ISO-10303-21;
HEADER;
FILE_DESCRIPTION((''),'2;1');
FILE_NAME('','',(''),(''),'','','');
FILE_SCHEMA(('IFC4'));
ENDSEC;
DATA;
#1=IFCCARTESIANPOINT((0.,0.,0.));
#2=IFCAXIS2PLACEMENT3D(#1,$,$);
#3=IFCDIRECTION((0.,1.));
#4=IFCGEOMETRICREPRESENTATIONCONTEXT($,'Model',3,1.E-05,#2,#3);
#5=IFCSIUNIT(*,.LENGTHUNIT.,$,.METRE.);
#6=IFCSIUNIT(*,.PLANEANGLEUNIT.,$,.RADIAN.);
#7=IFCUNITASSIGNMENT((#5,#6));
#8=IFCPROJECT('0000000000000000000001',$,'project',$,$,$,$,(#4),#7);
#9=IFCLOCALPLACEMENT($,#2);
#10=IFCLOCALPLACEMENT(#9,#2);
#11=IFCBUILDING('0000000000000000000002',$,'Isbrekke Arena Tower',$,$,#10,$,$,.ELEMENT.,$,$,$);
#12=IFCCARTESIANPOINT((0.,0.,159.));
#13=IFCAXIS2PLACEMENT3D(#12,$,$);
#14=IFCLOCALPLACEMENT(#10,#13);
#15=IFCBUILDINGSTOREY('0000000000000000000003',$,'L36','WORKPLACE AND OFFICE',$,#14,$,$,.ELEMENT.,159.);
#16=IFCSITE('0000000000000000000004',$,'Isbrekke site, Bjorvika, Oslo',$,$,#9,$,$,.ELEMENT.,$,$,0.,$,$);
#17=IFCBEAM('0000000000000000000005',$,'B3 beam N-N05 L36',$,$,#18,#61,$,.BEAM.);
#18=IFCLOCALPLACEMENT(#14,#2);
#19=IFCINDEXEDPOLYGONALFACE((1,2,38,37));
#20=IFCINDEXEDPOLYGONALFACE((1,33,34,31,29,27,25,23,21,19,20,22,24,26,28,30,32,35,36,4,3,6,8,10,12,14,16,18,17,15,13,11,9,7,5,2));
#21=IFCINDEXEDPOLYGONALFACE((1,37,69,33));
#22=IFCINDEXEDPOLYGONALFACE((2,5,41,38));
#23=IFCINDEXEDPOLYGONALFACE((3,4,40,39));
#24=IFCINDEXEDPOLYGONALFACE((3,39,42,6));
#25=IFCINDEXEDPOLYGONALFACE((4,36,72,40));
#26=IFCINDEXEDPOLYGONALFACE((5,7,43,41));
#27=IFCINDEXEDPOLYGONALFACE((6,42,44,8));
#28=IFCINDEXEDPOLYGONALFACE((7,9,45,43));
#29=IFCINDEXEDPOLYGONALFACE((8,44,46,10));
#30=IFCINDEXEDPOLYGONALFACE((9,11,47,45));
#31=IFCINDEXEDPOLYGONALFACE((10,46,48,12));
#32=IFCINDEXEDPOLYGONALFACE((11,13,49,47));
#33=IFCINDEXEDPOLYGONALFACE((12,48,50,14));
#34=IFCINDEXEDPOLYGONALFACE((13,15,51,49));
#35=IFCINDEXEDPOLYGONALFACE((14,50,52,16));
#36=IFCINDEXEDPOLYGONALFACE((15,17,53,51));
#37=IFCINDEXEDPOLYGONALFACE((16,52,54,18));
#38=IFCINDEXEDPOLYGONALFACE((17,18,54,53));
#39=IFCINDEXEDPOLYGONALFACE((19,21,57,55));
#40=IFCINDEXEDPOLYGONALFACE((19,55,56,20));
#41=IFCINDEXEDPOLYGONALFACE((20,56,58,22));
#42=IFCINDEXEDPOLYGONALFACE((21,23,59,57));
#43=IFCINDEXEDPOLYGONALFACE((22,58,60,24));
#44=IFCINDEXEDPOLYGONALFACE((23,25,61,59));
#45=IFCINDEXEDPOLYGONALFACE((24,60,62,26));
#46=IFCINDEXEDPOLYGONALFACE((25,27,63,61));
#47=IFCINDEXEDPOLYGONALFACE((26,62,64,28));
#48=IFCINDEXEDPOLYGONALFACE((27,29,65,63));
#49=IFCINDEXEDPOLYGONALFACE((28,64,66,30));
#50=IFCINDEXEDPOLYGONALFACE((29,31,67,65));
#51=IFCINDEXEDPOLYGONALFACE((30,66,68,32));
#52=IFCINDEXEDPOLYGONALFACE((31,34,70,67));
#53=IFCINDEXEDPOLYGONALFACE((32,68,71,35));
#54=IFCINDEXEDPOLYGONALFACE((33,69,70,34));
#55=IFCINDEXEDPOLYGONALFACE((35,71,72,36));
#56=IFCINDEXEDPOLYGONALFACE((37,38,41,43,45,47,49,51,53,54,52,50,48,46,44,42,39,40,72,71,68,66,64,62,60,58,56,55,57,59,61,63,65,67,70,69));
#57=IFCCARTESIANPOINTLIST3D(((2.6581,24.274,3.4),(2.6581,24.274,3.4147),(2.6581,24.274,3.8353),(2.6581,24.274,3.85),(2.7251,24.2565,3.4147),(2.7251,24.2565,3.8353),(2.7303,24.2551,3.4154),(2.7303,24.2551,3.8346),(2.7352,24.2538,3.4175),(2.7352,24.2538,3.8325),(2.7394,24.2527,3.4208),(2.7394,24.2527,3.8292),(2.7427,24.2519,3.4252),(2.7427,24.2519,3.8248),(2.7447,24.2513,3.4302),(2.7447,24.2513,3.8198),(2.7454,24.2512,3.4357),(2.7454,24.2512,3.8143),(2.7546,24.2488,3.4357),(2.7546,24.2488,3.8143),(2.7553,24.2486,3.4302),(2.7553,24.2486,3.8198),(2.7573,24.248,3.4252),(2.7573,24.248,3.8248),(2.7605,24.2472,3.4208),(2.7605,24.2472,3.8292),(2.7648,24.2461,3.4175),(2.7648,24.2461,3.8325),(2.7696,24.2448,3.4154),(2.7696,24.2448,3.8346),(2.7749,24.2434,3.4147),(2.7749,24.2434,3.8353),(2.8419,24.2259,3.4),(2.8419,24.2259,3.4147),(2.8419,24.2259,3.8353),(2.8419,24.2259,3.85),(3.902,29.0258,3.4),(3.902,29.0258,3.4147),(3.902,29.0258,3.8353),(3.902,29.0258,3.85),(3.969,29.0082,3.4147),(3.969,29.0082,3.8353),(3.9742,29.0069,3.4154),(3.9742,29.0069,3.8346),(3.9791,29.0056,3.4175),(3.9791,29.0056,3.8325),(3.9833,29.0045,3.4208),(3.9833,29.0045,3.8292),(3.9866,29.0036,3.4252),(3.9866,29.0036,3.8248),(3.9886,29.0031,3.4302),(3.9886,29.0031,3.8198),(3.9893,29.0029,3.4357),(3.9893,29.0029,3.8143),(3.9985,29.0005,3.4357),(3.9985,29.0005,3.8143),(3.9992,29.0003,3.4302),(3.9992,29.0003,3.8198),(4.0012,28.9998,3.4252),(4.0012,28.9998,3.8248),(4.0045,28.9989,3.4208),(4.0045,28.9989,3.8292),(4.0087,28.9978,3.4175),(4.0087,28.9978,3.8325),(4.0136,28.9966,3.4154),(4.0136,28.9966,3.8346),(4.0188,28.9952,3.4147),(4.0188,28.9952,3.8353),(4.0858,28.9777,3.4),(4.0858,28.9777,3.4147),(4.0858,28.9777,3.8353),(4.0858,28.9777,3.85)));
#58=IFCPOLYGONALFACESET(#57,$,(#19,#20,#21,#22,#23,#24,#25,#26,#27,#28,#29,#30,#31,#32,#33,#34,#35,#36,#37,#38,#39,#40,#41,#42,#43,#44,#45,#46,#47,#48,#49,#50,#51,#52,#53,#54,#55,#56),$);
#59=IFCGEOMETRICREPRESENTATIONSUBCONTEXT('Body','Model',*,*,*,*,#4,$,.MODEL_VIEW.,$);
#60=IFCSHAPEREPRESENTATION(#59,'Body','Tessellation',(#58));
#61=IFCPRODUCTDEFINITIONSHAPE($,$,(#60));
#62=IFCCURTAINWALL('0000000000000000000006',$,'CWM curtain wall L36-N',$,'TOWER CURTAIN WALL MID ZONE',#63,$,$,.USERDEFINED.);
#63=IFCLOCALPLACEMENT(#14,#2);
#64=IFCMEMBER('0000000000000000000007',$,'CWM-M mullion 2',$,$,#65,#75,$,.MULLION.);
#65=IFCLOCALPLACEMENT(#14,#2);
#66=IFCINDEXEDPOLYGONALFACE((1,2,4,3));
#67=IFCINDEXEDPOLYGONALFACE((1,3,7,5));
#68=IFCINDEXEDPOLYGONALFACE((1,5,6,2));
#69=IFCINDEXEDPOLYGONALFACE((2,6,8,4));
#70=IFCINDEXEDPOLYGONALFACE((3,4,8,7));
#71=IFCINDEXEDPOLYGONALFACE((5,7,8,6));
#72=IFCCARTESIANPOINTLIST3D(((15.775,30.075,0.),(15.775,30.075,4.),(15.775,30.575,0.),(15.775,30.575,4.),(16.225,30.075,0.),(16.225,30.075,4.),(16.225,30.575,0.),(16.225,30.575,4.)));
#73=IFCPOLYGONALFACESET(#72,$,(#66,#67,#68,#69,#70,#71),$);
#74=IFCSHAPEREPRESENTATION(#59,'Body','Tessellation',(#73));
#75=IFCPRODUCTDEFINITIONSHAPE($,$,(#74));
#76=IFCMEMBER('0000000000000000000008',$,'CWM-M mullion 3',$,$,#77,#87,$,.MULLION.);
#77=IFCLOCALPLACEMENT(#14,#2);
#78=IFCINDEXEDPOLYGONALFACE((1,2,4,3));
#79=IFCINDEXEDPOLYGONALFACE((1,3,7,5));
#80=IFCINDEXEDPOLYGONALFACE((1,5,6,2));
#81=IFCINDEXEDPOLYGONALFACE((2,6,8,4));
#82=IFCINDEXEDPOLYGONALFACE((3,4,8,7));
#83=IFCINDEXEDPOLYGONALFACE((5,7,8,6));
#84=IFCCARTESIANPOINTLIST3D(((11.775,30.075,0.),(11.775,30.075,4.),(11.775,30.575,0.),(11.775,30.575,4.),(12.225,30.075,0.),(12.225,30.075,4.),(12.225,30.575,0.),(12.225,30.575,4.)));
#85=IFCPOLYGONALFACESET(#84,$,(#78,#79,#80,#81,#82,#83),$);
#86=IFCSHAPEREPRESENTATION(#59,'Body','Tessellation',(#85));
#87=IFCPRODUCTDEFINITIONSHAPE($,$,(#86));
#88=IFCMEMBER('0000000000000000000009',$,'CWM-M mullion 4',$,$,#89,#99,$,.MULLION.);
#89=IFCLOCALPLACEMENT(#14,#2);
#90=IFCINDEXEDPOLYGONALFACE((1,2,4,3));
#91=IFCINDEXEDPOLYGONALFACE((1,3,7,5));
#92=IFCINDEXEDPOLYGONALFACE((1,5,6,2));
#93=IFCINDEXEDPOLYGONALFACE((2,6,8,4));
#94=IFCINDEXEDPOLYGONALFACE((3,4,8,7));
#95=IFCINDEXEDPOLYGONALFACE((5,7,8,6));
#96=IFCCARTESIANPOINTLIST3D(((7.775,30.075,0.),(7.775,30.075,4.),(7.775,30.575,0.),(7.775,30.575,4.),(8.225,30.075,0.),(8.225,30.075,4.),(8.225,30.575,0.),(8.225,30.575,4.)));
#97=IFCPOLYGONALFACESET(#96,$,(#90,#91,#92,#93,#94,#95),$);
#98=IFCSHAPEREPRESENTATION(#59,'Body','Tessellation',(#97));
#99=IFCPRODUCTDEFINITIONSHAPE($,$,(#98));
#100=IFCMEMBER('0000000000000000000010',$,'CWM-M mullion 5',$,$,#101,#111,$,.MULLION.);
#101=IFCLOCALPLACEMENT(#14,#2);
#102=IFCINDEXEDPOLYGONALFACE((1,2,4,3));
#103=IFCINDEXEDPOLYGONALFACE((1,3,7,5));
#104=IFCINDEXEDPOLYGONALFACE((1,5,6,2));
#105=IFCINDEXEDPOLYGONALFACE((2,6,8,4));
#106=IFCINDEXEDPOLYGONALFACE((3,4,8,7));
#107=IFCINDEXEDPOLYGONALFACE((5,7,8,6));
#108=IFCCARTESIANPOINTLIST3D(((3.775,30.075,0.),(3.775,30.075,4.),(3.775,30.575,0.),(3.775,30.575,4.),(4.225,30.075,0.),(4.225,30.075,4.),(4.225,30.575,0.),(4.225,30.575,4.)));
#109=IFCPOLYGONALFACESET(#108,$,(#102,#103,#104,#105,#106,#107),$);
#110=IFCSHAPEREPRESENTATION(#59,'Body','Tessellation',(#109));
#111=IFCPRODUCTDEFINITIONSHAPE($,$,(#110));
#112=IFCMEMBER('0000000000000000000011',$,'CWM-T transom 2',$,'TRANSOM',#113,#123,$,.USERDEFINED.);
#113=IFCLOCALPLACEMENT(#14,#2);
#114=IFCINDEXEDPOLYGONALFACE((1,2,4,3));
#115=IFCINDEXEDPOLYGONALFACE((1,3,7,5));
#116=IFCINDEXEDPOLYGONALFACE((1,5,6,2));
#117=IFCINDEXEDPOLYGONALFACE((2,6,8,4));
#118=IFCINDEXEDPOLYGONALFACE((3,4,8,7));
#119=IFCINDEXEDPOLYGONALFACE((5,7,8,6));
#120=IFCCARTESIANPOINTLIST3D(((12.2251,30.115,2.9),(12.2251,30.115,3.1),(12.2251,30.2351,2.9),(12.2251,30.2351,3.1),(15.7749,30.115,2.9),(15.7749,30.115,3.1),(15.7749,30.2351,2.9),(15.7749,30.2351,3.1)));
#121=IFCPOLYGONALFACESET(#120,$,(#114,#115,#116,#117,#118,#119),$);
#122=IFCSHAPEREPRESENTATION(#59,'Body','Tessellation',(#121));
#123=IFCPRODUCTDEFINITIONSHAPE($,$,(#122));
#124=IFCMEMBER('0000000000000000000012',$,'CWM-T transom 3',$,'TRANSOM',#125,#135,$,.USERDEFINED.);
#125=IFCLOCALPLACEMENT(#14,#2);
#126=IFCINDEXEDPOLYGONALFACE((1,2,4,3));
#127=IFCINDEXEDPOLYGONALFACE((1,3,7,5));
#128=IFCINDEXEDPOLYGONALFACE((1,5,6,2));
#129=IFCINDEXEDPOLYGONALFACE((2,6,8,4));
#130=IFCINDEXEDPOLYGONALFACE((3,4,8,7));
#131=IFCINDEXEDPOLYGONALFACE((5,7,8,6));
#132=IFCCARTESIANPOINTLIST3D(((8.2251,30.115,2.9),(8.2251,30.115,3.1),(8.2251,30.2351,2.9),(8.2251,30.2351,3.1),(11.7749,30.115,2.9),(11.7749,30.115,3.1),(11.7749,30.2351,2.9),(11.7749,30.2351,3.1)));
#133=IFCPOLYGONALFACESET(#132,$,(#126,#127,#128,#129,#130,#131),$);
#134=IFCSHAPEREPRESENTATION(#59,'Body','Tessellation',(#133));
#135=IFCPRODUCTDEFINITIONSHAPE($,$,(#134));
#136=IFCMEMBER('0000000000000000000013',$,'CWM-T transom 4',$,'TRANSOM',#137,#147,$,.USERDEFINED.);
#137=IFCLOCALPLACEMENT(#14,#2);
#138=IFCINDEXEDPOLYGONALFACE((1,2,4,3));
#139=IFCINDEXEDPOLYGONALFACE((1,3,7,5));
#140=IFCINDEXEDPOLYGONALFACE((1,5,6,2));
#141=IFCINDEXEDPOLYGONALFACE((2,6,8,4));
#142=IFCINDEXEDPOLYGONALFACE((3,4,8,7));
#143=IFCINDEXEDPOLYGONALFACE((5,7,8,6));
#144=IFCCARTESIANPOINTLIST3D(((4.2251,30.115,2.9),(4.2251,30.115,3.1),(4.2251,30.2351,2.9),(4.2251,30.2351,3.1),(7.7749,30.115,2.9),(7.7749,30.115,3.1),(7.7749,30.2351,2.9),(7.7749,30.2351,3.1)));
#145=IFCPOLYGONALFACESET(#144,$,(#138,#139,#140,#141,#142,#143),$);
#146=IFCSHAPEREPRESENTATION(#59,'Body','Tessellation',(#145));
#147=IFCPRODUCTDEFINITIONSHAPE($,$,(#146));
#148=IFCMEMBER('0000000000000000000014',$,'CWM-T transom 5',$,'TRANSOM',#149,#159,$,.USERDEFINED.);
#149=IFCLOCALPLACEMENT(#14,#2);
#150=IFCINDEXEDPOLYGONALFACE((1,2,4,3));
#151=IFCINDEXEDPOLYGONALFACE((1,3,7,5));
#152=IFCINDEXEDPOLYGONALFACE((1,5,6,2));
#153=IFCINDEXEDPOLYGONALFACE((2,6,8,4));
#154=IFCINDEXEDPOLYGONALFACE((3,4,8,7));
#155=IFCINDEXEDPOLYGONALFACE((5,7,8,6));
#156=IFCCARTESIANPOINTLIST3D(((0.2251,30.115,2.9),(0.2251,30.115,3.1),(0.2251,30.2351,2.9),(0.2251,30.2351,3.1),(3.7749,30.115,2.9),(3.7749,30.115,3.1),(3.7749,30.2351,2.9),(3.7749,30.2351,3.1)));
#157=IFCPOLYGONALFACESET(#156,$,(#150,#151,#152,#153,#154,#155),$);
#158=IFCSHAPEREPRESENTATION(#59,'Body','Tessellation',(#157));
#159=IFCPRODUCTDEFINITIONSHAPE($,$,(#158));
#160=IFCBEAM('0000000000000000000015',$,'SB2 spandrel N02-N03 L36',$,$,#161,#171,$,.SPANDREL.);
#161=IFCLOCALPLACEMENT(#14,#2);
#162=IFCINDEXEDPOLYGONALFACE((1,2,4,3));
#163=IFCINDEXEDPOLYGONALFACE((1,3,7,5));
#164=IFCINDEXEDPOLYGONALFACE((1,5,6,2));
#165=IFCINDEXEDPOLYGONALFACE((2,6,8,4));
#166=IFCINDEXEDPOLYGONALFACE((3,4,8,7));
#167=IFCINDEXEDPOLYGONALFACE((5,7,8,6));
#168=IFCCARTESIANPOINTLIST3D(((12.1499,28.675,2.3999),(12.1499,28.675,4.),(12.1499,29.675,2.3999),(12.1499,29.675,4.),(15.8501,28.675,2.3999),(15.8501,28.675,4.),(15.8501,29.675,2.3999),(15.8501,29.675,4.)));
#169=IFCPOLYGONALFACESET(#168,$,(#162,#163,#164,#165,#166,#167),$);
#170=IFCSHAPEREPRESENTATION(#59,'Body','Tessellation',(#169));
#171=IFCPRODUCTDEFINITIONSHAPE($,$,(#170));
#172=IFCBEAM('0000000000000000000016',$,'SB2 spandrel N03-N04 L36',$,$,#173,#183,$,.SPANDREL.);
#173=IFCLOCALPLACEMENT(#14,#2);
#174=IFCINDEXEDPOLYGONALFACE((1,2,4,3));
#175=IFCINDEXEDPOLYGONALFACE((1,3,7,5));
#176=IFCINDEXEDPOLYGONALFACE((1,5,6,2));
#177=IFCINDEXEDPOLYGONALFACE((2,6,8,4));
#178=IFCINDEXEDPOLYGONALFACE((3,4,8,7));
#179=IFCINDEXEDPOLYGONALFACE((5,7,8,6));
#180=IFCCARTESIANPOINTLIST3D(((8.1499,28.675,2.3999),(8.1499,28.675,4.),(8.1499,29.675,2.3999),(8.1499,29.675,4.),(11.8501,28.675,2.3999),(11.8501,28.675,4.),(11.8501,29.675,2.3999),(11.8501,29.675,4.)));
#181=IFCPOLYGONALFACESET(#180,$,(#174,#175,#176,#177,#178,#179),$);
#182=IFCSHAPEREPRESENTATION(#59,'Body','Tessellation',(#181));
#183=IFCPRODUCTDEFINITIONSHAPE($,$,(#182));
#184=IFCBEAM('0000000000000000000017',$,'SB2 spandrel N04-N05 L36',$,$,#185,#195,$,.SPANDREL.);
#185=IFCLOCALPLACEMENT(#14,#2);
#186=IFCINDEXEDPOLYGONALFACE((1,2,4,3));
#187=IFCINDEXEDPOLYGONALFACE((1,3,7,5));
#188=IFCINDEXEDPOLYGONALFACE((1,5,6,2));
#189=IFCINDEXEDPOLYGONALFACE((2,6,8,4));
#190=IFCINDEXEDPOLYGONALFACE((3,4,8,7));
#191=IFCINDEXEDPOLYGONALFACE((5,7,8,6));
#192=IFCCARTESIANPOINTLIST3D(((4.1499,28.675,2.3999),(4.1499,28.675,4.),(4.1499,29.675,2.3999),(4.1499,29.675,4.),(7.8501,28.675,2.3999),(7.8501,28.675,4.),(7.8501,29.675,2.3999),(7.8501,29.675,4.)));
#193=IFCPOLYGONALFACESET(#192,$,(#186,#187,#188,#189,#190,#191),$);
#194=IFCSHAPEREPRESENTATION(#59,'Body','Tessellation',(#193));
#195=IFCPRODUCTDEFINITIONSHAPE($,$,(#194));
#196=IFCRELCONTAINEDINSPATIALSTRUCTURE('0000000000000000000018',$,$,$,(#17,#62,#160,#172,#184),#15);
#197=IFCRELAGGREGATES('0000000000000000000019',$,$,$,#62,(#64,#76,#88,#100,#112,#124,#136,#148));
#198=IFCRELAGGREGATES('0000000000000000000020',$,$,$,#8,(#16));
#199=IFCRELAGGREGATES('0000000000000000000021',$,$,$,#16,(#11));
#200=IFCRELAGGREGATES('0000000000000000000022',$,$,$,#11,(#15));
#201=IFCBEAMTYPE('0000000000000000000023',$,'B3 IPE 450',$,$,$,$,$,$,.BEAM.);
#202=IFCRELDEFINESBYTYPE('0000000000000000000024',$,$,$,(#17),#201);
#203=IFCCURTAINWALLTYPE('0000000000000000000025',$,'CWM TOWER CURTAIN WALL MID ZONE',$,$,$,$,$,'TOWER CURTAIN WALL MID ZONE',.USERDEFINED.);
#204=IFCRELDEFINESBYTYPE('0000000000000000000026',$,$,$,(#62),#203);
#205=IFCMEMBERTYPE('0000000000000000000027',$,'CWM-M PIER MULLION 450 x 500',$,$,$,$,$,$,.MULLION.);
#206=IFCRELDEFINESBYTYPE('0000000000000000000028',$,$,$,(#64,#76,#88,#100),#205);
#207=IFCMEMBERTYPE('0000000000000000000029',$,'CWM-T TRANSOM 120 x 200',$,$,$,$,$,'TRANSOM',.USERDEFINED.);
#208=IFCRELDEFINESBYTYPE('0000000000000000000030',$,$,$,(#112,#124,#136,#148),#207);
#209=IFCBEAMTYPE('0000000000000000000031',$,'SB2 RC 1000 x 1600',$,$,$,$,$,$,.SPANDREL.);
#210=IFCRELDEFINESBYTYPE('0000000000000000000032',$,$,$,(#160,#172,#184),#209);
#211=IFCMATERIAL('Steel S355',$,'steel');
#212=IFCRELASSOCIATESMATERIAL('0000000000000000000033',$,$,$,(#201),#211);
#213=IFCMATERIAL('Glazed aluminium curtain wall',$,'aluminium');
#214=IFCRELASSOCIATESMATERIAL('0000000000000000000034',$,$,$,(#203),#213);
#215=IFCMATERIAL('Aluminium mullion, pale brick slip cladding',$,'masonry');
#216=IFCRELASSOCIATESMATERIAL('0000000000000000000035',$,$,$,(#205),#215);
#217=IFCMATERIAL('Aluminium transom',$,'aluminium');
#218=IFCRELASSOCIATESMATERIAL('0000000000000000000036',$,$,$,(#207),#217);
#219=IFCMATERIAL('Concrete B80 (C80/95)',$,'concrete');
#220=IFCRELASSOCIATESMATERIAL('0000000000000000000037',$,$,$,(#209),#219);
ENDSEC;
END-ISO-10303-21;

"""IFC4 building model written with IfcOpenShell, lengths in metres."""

from ifc_helpers import new_model, si_unit, direction, frame, origin, origin_2d, place, context, subcontext, project, spatial, rectangle, i_section, extrude, material, material_profile, profile_set, type_object, element, aggregate, save


model = new_model("IFC4")

# Units and contexts
model_context = context("Model", 3, precision=1e-05, world=origin(), true_north=direction((0.0, 1.0)))
body_context = subcontext(model_context, "Body", "Model", "MODEL_VIEW")
ifc_project = project(units=[si_unit("LENGTHUNIT", "METRE"), si_unit("PLANEANGLEUNIT", "RADIAN")], contexts=[model_context])

# Site, building, storey
site_placement = place(None, origin())
site = spatial("IfcSite", under=ifc_project, at=site_placement, Name="Isbrekke site, Bjorvika, Oslo", CompositionType="ELEMENT", RefElevation=0.0)
building_placement = place(site_placement, origin())
building = spatial("IfcBuilding", under=site, at=building_placement, Name="Isbrekke Arena Tower", CompositionType="ELEMENT")
storey_placement = place(building_placement, frame((0.0, 0.0, 159.0)))
storey = spatial("IfcBuildingStorey", under=building, at=storey_placement, Name="L36", Description="WORKPLACE AND OFFICE", CompositionType="ELEMENT", Elevation=159.0)

# Beam
ifc_material_1 = material(Name="Steel S355", Category="steel")
ifc_material_profile_1 = material_profile(ifc_material_1, i_section(OverallWidth=0.1899, OverallDepth=0.45, WebThickness=0.0095, FlangeThickness=0.0146, FilletRadius=0.021, at=origin_2d()), Name="IPE 450")
ifc_profile_set_1 = profile_set([ifc_material_profile_1], Name="Steel S355")
beam_type_1 = type_object("IfcBeamType", Name="B3 IPE 450", PredefinedType="BEAM", material=ifc_profile_set_1)
beam_1_placement = place(storey_placement, frame((3.9939, 29.0017, 3.625), z_axis=(-0.253245, -0.967402, 0.0), x_axis=(0.967402, -0.253245, 0.0)))
element("IfcBeam", 1, at=beam_1_placement, inside=storey, type_object=beam_type_1, Name="B3 beam N-N05 L36", PredefinedType="BEAM", context=body_context, shape_type="SweptSolid", body=[
    extrude(i_section(OverallWidth=0.1899, OverallDepth=0.45, WebThickness=0.0095, FlangeThickness=0.0146, FilletRadius=0.021, at=origin_2d()), origin(), (0.0, 0.0, 1.0), 4.9119),
])

# Curtain wall, members
ifc_material_2 = material(Name="Glazed aluminium curtain wall", Category="aluminium")
curtain_wall_type = type_object("IfcCurtainWallType", Name="CWM TOWER CURTAIN WALL MID ZONE", ElementType="TOWER CURTAIN WALL MID ZONE", PredefinedType="USERDEFINED", material=ifc_material_2)
curtain_wall_placement = place(storey_placement, origin())
curtain_wall = element("IfcCurtainWall", 2, at=curtain_wall_placement, inside=storey, type_object=curtain_wall_type, Name="CWM curtain wall L36-N", ObjectType="TOWER CURTAIN WALL MID ZONE", PredefinedType="USERDEFINED")
ifc_material_3 = material(Name="Aluminium mullion, pale brick slip cladding", Category="masonry")
ifc_material_profile_2 = material_profile(ifc_material_3, rectangle(XDim=0.45, YDim=0.5, at=origin_2d()), Name="PIER 450X500")
ifc_profile_set_2 = profile_set([ifc_material_profile_2], Name="Aluminium mullion, pale brick slip cladding")
member_type_1 = type_object("IfcMemberType", Name="CWM-M PIER MULLION 450 x 500", PredefinedType="MULLION", material=ifc_profile_set_2)
member_1_placement = place(storey_placement, frame((16.0, 30.325, 0.0), z_axis=(0.0, 0.0, 1.0), x_axis=(-1.0, 0.0, 0.0)))
member_1 = element("IfcMember", 3, at=member_1_placement, type_object=member_type_1, Name="CWM-M mullion 2", PredefinedType="MULLION", context=body_context, shape_type="SweptSolid", body=[
    extrude(rectangle(XDim=0.45, YDim=0.5, at=origin_2d()), origin(), (0.0, 0.0, 1.0), 4.0),
])
member_2_placement = place(storey_placement, frame((12.0, 30.325, 0.0), z_axis=(0.0, 0.0, 1.0), x_axis=(-1.0, 0.0, 0.0)))
member_2 = element("IfcMember", 4, at=member_2_placement, type_object=member_type_1, Name="CWM-M mullion 3", PredefinedType="MULLION", context=body_context, shape_type="SweptSolid", body=[
    extrude(rectangle(XDim=0.45, YDim=0.5, at=origin_2d()), origin(), (0.0, 0.0, 1.0), 4.0),
])
member_3_placement = place(storey_placement, frame((8.0, 30.325, 0.0), z_axis=(0.0, 0.0, 1.0), x_axis=(-1.0, 0.0, 0.0)))
member_3 = element("IfcMember", 5, at=member_3_placement, type_object=member_type_1, Name="CWM-M mullion 4", PredefinedType="MULLION", context=body_context, shape_type="SweptSolid", body=[
    extrude(rectangle(XDim=0.45, YDim=0.5, at=origin_2d()), origin(), (0.0, 0.0, 1.0), 4.0),
])
member_4_placement = place(storey_placement, frame((4.0, 30.325, 0.0), z_axis=(0.0, 0.0, 1.0), x_axis=(-1.0, 0.0, 0.0)))
member_4 = element("IfcMember", 6, at=member_4_placement, type_object=member_type_1, Name="CWM-M mullion 5", PredefinedType="MULLION", context=body_context, shape_type="SweptSolid", body=[
    extrude(rectangle(XDim=0.45, YDim=0.5, at=origin_2d()), origin(), (0.0, 0.0, 1.0), 4.0),
])
ifc_material_4 = material(Name="Aluminium transom", Category="aluminium")
ifc_material_profile_3 = material_profile(ifc_material_4, rectangle(XDim=0.1201, YDim=0.2, at=origin_2d()), Name="TRANSOM 120X200")
ifc_profile_set_3 = profile_set([ifc_material_profile_3], Name="Aluminium transom")
member_type_2 = type_object("IfcMemberType", Name="CWM-T TRANSOM 120 x 200", ElementType="TRANSOM", PredefinedType="USERDEFINED", material=ifc_profile_set_3)
member_5_placement = place(storey_placement, frame((15.7749, 30.175, 3.0), z_axis=(-1.0, 0.0, 0.0), x_axis=(0.0, -1.0, 0.0)))
member_5 = element("IfcMember", 7, at=member_5_placement, type_object=member_type_2, Name="CWM-T transom 2", ObjectType="TRANSOM", PredefinedType="USERDEFINED", context=body_context, shape_type="SweptSolid", body=[
    extrude(rectangle(XDim=0.1201, YDim=0.2, at=origin_2d()), origin(), (0.0, 0.0, 1.0), 3.5498),
])
member_6_placement = place(storey_placement, frame((11.7749, 30.175, 3.0), z_axis=(-1.0, 0.0, 0.0), x_axis=(0.0, -1.0, 0.0)))
member_6 = element("IfcMember", 8, at=member_6_placement, type_object=member_type_2, Name="CWM-T transom 3", ObjectType="TRANSOM", PredefinedType="USERDEFINED", context=body_context, shape_type="SweptSolid", body=[
    extrude(rectangle(XDim=0.1201, YDim=0.2, at=origin_2d()), origin(), (0.0, 0.0, 1.0), 3.5498),
])
member_7_placement = place(storey_placement, frame((7.7749, 30.175, 3.0), z_axis=(-1.0, 0.0, 0.0), x_axis=(0.0, -1.0, 0.0)))
member_7 = element("IfcMember", 9, at=member_7_placement, type_object=member_type_2, Name="CWM-T transom 4", ObjectType="TRANSOM", PredefinedType="USERDEFINED", context=body_context, shape_type="SweptSolid", body=[
    extrude(rectangle(XDim=0.1201, YDim=0.2, at=origin_2d()), origin(), (0.0, 0.0, 1.0), 3.5498),
])
member_8_placement = place(storey_placement, frame((3.7749, 30.175, 3.0), z_axis=(-1.0, 0.0, 0.0), x_axis=(0.0, -1.0, 0.0)))
member_8 = element("IfcMember", 10, at=member_8_placement, type_object=member_type_2, Name="CWM-T transom 5", ObjectType="TRANSOM", PredefinedType="USERDEFINED", context=body_context, shape_type="SweptSolid", body=[
    extrude(rectangle(XDim=0.1201, YDim=0.2, at=origin_2d()), origin(), (0.0, 0.0, 1.0), 3.5498),
])

# Beams
ifc_material_5 = material(Name="Concrete B80 (C80/95)", Category="concrete")
ifc_material_profile_4 = material_profile(ifc_material_5, rectangle(XDim=1.0, YDim=1.6001, at=origin_2d()), Name="RC 1000x1600")
ifc_profile_set_4 = profile_set([ifc_material_profile_4], Name="Concrete B80 (C80/95)")
beam_type_2 = type_object("IfcBeamType", Name="SB2 RC 1000 x 1600", PredefinedType="SPANDREL", material=ifc_profile_set_4)
for number, where, z_axis, x_axis, name in (
    (11, (15.8501, 29.175, 3.2), (-1.0, 0.0, 0.0), (0.0, -1.0, 0.0), "SB2 spandrel N02-N03 L36"),
    (12, (11.8501, 29.175, 3.2), (-1.0, 0.0, 0.0), (0.0, -1.0, 0.0), "SB2 spandrel N03-N04 L36"),
    (13, (7.8501, 29.175, 3.2), (-1.0, 0.0, 0.0), (0.0, -1.0, 0.0), "SB2 spandrel N04-N05 L36"),
):
    element("IfcBeam", number, at=place(storey_placement, frame(where, z_axis=z_axis, x_axis=x_axis)), inside=storey, type_object=beam_type_2, Name=name, PredefinedType="SPANDREL", context=body_context, shape_type="SweptSolid", body=[
        extrude(rectangle(XDim=1.0, YDim=1.6001, at=origin_2d()), origin(), (0.0, 0.0, 1.0), 3.7002),
    ])

aggregate(curtain_wall, [member_1, member_2, member_3, member_4, member_5, member_6, member_7, member_8])

save(model, "model.ifc")
